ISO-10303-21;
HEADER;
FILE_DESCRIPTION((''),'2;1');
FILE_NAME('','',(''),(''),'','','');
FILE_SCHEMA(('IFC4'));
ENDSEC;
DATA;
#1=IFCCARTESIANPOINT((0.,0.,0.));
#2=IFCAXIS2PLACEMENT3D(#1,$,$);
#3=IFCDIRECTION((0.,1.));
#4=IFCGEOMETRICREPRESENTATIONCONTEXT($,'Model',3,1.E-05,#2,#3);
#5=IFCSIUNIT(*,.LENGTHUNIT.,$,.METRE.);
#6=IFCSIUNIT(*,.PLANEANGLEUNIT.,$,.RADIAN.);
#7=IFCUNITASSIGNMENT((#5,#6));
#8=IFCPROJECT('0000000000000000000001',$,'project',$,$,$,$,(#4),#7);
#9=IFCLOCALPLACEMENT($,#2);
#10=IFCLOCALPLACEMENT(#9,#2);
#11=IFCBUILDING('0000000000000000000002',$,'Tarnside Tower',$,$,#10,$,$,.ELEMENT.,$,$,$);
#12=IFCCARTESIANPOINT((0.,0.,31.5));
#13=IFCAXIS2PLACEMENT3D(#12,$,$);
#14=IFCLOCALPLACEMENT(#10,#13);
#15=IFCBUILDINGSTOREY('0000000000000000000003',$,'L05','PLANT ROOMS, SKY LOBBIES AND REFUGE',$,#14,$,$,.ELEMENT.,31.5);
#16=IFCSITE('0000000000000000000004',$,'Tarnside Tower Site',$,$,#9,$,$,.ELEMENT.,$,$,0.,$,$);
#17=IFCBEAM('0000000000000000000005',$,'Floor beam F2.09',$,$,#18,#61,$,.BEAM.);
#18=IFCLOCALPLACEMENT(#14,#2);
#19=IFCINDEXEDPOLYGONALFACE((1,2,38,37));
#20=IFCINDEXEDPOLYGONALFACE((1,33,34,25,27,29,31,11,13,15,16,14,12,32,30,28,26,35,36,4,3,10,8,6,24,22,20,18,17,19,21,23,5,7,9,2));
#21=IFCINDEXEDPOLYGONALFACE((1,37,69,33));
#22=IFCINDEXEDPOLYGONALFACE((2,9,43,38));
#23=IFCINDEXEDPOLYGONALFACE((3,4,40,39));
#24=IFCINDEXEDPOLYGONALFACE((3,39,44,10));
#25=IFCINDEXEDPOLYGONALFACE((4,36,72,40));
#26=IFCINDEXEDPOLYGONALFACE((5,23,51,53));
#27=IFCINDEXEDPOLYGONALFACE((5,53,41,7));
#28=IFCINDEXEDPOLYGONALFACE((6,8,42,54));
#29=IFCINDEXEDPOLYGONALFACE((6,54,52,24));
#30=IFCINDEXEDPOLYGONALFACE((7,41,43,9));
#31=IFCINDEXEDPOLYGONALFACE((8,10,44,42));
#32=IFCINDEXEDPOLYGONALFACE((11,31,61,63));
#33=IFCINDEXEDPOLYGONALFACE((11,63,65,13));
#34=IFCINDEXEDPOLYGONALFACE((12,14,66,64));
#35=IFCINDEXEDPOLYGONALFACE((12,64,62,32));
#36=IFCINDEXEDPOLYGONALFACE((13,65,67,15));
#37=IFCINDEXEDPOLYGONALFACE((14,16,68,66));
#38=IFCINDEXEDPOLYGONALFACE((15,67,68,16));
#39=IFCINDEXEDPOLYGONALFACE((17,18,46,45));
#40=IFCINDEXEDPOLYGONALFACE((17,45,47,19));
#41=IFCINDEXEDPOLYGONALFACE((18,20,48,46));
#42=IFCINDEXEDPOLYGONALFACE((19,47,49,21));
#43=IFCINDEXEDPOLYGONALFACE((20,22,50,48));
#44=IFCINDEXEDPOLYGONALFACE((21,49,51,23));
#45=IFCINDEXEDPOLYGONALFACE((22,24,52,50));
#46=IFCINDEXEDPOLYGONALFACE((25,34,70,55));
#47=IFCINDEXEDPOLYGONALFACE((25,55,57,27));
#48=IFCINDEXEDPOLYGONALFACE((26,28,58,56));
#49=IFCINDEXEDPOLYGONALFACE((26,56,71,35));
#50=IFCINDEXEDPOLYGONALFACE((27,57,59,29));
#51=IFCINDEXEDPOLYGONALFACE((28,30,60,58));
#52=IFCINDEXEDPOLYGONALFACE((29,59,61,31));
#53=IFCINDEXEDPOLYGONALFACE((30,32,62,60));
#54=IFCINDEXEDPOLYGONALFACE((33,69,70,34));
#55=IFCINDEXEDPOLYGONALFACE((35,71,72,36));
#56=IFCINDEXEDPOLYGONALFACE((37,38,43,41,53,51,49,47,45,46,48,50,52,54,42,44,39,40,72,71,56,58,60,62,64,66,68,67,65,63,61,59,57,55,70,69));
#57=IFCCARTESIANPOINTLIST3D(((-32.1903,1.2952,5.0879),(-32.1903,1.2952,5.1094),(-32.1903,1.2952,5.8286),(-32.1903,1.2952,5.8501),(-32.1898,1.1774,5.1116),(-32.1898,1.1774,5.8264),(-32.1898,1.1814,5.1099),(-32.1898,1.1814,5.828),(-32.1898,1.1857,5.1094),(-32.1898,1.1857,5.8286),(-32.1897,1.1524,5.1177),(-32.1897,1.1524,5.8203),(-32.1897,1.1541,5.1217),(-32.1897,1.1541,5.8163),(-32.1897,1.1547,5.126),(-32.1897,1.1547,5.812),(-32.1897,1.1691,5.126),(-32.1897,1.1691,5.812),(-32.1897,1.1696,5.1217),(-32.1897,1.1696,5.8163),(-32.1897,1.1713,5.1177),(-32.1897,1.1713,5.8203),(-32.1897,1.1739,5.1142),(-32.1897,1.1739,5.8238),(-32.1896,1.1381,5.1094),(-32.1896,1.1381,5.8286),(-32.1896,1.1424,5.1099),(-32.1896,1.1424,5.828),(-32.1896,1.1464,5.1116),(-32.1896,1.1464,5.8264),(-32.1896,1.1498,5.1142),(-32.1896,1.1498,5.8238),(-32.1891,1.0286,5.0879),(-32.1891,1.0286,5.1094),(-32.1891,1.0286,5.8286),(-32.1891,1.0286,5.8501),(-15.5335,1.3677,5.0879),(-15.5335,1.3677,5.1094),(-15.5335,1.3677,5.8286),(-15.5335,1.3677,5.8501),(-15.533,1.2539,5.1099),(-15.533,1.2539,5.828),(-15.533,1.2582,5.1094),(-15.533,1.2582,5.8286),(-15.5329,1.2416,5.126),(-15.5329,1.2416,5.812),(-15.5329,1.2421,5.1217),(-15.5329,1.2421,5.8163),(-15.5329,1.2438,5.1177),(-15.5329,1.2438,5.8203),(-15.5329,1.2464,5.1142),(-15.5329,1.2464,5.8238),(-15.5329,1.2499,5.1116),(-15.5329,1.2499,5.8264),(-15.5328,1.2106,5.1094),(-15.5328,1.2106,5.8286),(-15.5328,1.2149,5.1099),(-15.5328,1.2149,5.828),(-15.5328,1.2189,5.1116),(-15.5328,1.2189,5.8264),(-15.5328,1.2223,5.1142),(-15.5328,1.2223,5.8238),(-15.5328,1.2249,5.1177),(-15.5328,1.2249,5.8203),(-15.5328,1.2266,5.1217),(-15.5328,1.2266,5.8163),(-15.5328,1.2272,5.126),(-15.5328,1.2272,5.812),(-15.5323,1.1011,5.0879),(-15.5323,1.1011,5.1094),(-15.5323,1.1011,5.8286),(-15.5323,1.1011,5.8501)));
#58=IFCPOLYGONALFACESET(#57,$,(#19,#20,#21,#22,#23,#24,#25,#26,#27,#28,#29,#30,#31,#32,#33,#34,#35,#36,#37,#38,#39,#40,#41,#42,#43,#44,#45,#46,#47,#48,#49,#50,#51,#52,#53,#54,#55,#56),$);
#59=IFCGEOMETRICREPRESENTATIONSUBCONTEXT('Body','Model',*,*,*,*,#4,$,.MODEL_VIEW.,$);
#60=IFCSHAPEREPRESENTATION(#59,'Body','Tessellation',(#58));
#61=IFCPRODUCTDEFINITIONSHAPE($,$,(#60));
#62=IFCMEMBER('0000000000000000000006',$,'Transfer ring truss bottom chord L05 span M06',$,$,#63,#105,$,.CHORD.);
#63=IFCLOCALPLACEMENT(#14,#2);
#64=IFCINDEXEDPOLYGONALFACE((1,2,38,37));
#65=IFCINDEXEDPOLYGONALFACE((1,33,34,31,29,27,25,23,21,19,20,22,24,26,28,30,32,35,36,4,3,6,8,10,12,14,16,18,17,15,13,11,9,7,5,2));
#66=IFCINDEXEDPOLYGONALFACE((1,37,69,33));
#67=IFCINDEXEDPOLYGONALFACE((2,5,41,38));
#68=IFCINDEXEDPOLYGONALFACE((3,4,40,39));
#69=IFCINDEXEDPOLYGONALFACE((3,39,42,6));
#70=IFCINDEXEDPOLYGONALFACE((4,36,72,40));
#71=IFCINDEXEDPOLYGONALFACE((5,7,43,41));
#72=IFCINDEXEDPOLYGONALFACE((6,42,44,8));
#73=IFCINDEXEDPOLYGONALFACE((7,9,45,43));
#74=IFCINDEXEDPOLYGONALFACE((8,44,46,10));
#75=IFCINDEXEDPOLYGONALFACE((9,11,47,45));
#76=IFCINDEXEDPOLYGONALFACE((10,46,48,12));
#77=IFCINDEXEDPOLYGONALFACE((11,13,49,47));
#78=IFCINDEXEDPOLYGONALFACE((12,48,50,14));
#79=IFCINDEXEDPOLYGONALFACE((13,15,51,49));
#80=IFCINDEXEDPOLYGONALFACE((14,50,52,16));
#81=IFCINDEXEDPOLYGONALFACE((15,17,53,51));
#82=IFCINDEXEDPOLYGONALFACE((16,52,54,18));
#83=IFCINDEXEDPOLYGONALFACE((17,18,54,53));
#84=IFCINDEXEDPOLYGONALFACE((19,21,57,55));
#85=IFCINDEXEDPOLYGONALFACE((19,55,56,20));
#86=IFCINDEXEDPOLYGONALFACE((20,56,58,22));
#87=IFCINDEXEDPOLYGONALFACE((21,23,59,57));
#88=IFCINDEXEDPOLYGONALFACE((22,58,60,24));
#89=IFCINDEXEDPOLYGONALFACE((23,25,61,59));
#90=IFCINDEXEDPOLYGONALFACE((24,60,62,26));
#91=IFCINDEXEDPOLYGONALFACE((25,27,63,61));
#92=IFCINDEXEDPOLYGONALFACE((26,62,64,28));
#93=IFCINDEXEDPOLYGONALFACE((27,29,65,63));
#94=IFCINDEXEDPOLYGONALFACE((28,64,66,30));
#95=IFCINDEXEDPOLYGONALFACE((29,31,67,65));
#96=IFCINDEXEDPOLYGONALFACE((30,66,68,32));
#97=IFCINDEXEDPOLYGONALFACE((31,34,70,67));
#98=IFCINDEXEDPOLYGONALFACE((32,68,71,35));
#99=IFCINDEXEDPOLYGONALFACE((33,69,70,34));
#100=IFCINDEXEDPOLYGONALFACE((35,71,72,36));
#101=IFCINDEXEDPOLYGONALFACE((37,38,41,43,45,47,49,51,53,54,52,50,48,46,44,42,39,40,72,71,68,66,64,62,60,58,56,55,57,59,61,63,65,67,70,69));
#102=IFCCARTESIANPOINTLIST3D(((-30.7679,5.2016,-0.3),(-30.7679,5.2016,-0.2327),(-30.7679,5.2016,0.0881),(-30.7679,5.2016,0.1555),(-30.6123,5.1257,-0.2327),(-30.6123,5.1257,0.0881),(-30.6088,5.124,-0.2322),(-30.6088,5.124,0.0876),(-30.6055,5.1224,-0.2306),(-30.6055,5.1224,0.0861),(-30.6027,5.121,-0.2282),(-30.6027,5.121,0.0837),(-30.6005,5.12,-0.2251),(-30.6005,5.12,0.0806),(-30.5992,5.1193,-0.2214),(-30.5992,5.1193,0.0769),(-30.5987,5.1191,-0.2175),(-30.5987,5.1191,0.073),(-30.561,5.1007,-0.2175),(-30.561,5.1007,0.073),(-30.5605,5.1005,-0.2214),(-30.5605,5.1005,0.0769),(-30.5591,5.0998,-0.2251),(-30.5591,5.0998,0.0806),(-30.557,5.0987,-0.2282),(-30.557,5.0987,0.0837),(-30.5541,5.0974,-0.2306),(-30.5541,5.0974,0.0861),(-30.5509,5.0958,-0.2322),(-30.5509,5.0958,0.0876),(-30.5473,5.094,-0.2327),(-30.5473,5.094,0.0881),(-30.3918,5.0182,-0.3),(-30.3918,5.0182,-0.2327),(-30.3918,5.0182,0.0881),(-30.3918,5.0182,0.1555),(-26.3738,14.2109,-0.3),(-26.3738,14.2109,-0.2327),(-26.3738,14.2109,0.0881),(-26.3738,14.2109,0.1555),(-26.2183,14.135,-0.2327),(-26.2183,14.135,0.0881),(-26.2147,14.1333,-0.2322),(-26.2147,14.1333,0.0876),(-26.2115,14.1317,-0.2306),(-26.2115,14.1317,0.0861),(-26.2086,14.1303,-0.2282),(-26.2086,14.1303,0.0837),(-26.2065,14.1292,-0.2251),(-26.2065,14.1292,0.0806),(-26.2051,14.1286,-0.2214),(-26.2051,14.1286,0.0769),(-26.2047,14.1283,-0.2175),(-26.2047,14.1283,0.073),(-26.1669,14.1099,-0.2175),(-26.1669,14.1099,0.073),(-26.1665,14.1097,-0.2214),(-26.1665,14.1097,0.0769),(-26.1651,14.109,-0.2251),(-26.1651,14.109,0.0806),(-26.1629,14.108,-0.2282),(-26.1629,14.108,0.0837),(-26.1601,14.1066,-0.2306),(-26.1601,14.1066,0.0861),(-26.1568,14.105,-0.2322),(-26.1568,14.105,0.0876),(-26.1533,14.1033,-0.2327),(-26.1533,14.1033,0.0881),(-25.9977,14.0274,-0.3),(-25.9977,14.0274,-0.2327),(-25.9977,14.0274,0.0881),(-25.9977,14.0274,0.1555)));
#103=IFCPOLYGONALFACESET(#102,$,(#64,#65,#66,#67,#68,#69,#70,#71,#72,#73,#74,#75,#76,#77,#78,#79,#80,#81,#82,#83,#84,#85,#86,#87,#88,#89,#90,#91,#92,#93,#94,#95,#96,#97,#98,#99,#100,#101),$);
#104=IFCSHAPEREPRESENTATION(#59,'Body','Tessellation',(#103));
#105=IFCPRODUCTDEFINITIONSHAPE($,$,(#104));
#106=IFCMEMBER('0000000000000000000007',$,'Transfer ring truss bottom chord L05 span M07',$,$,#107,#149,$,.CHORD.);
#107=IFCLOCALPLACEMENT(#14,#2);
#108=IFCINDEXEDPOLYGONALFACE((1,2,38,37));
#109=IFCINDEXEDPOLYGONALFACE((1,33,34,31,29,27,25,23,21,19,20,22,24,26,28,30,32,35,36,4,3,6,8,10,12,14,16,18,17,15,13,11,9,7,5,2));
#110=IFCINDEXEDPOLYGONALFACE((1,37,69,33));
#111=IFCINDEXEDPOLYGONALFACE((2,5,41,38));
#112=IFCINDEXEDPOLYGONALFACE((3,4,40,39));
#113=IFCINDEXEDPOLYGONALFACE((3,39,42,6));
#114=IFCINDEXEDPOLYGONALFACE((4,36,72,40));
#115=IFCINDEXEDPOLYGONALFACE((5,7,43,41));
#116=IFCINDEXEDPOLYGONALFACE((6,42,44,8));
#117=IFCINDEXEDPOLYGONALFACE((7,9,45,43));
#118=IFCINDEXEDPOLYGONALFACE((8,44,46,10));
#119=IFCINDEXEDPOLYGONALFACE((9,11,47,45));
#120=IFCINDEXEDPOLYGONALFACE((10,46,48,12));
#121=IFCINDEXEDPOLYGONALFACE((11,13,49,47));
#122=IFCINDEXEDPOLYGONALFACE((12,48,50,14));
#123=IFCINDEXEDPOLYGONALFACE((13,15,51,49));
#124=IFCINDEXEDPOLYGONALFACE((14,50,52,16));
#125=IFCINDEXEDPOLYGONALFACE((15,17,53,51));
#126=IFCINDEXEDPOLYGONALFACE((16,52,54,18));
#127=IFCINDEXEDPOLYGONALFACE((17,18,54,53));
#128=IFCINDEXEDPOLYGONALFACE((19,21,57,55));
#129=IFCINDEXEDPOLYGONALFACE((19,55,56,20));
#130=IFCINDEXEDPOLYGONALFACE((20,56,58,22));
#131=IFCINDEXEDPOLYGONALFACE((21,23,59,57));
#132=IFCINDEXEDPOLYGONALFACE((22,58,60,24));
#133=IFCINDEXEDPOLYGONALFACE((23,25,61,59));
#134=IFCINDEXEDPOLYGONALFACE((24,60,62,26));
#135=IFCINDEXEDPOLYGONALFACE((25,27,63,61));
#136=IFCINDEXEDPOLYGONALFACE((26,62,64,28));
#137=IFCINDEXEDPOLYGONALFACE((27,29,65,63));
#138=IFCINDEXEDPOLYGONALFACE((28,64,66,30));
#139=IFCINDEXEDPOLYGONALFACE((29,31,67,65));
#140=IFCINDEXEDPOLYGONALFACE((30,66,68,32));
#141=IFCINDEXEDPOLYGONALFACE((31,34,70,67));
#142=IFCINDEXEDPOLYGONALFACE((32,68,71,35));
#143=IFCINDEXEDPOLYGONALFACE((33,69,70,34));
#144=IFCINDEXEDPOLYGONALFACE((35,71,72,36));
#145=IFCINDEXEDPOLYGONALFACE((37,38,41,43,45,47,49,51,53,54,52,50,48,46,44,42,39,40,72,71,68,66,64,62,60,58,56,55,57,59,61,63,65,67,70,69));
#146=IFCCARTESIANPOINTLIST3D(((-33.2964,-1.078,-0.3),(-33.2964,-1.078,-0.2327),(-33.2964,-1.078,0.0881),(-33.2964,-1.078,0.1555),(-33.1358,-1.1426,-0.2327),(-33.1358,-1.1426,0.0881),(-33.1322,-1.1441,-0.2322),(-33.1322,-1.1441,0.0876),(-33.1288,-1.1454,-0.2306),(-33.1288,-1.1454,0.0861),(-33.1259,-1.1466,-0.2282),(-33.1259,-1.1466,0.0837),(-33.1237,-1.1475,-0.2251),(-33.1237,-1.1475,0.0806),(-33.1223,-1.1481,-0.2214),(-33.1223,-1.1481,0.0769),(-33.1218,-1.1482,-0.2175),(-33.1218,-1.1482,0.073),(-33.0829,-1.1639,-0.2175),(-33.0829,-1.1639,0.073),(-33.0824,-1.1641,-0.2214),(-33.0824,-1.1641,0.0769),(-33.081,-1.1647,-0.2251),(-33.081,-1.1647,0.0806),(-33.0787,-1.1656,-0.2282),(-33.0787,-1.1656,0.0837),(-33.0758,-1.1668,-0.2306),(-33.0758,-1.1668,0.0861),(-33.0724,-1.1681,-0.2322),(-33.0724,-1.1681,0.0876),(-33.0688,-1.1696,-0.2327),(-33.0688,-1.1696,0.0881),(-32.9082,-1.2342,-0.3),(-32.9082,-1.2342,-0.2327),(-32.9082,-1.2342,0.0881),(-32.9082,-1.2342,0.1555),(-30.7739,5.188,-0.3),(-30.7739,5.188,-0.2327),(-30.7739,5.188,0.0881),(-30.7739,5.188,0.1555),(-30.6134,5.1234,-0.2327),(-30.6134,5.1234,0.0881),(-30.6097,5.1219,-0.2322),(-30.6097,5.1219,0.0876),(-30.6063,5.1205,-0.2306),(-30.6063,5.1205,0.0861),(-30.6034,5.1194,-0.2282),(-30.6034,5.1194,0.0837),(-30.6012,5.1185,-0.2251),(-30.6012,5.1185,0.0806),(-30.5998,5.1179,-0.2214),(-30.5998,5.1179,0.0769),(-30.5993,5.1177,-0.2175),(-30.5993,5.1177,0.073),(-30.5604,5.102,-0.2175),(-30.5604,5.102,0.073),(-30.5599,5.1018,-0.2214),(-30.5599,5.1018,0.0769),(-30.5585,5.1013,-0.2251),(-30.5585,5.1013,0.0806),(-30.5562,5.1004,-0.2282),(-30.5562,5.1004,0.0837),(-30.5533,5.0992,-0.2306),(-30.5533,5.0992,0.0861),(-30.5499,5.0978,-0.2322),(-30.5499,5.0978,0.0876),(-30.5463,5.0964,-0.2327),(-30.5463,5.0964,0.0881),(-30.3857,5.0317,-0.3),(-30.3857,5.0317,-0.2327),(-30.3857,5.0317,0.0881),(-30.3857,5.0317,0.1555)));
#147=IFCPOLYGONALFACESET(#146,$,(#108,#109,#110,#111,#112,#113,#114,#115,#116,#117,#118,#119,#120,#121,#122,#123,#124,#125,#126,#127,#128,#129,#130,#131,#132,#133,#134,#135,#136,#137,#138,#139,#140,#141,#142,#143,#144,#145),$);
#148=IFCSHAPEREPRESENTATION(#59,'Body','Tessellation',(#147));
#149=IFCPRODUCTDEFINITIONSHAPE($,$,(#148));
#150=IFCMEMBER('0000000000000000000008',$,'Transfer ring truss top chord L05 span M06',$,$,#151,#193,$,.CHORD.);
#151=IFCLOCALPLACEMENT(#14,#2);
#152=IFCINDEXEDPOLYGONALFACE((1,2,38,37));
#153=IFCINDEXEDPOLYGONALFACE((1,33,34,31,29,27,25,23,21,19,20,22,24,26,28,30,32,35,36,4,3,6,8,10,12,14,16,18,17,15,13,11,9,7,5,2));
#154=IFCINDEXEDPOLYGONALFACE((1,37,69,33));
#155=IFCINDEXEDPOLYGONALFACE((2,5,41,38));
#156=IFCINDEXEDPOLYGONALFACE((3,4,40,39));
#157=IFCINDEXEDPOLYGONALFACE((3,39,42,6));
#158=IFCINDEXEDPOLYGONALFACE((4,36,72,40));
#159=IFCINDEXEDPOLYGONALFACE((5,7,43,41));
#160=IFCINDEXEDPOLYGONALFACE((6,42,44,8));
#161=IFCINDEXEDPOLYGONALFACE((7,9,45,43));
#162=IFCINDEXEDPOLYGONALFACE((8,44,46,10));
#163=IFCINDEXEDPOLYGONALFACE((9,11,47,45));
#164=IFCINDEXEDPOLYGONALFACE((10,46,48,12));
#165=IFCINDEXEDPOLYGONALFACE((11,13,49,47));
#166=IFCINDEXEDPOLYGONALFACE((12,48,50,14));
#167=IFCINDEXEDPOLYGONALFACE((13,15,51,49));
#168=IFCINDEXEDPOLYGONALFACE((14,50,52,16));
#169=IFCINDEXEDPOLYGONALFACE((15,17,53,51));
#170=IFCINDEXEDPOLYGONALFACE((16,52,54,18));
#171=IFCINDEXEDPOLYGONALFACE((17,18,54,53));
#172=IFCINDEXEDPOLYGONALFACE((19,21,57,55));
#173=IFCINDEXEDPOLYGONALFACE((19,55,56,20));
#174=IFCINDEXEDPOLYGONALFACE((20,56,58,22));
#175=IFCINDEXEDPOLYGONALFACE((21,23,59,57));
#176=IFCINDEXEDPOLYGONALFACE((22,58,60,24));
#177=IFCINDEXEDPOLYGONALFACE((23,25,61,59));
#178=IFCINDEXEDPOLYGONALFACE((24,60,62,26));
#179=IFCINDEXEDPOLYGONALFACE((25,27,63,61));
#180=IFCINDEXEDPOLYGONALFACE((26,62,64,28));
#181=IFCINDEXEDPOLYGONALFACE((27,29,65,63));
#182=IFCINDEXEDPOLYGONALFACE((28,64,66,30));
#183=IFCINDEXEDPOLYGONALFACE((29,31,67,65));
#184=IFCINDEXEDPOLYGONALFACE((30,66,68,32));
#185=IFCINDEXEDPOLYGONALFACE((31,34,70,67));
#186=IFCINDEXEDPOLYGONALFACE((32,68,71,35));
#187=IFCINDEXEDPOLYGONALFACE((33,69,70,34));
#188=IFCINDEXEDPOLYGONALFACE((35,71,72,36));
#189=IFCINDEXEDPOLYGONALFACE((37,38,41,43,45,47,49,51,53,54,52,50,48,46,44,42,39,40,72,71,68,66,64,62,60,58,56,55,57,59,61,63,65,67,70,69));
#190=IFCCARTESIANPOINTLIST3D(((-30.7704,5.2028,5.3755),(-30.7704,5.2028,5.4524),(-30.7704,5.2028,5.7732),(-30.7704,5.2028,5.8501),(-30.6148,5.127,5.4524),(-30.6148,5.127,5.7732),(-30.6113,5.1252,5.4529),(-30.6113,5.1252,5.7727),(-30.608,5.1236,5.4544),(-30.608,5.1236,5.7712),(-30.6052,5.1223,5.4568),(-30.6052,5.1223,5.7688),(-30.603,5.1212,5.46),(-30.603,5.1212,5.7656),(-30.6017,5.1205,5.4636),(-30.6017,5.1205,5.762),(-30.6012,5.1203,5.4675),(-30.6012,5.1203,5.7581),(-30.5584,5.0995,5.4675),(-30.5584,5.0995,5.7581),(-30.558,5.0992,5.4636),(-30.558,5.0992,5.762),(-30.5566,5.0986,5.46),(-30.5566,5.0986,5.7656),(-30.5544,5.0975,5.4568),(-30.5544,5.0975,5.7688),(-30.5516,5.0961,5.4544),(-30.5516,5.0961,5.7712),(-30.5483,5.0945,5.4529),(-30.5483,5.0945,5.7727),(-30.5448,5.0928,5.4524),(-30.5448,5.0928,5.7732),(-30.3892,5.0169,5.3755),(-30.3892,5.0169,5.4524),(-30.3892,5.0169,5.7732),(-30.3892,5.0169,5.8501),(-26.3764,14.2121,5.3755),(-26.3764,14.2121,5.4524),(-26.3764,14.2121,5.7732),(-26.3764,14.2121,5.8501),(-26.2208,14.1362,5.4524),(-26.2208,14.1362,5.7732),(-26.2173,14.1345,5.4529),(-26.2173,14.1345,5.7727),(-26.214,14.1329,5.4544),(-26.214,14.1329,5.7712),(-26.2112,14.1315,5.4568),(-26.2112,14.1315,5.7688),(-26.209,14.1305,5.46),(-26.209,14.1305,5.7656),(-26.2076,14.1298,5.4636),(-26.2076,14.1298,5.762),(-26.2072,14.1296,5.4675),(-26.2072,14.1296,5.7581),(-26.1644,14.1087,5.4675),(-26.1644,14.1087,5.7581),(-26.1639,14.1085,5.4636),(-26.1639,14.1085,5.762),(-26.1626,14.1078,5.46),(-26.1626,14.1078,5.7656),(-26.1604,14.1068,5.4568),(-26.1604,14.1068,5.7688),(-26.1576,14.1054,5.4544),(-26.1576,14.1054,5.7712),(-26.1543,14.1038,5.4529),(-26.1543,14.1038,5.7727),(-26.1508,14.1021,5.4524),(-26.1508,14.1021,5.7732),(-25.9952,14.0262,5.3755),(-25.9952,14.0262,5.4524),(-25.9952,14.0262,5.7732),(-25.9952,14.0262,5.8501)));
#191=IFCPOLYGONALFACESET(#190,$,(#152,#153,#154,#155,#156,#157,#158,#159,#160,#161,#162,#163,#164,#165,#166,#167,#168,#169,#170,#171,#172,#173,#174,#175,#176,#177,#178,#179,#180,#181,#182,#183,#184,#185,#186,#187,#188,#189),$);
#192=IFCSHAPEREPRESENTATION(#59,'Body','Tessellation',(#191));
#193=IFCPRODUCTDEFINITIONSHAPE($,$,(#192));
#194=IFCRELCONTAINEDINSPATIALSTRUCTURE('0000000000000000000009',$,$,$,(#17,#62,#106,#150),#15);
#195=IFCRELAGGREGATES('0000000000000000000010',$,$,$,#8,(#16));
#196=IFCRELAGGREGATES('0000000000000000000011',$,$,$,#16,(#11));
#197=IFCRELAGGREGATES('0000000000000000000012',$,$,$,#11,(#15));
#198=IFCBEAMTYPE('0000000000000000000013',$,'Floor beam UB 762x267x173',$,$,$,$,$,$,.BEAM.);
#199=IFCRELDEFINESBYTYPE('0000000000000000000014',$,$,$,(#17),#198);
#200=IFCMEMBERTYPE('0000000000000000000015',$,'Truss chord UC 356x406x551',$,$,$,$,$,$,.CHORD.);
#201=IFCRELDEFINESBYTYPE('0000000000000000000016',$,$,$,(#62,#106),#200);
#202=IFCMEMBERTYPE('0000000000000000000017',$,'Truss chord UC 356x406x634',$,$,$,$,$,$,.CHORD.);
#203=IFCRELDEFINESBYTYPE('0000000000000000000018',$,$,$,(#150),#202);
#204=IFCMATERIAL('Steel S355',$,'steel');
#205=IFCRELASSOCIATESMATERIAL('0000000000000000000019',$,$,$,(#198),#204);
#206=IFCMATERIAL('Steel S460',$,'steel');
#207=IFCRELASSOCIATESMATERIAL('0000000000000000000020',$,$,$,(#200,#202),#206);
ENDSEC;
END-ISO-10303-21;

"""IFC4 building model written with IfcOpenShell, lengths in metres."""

from ifc_helpers import new_model, si_unit, direction, frame, origin, origin_2d, place, context, subcontext, project, spatial, i_section, extrude, material, material_profile, profile_set, type_object, element, save


model = new_model("IFC4")

# Units and contexts
model_context = context("Model", 3, precision=1e-05, world=origin(), true_north=direction((0.0, 1.0)))
body_context = subcontext(model_context, "Body", "Model", "MODEL_VIEW")
ifc_project = project(units=[si_unit("LENGTHUNIT", "METRE"), si_unit("PLANEANGLEUNIT", "RADIAN")], contexts=[model_context])

# Site, building, storey
site_placement = place(None, origin())
site = spatial("IfcSite", under=ifc_project, at=site_placement, Name="Tarnside Tower Site", CompositionType="ELEMENT", RefElevation=0.0)
building_placement = place(site_placement, origin())
building = spatial("IfcBuilding", under=site, at=building_placement, Name="Tarnside Tower", CompositionType="ELEMENT")
storey_placement = place(building_placement, frame((0.0, 0.0, 31.5)))
storey = spatial("IfcBuildingStorey", under=building, at=storey_placement, Name="L05", Description="PLANT ROOMS, SKY LOBBIES AND REFUGE", CompositionType="ELEMENT", Elevation=31.5)

# Beam
ifc_material_1 = material(Name="Steel S355", Category="steel")
ifc_material_profile_1 = material_profile(ifc_material_1, i_section(OverallWidth=0.2666, OverallDepth=0.7622, WebThickness=0.0144, FlangeThickness=0.0215, FilletRadius=0.0166, at=origin_2d()), Name="UB 762x267x173")
ifc_profile_set_1 = profile_set([ifc_material_profile_1], Name="Steel S355")
beam_type_1 = type_object("IfcBeamType", Name="Floor beam UB 762x267x173", PredefinedType="BEAM", material=ifc_profile_set_1)
beam_1_placement = place(storey_placement, frame((-32.1897, 1.1619, 5.469), z_axis=(0.999991, 0.004353, 0.0), x_axis=(-0.004353, 0.999991, 0.0)))
element("IfcBeam", 1, at=beam_1_placement, inside=storey, type_object=beam_type_1, Name="Floor beam F2.09", PredefinedType="BEAM", context=body_context, shape_type="SweptSolid", body=[
    extrude(i_section(OverallWidth=0.2666, OverallDepth=0.7622, WebThickness=0.0144, FlangeThickness=0.0215, FilletRadius=0.0166, at=origin_2d()), origin(), (0.0, 0.0, 1.0), 16.657),
])

# Members
ifc_material_2 = material(Name="Steel S460", Category="steel")
ifc_material_profile_2 = material_profile(ifc_material_2, i_section(OverallWidth=0.4185, OverallDepth=0.4556, WebThickness=0.042, FlangeThickness=0.0674, FilletRadius=0.0151, at=origin_2d()), Name="UC 356x406x551")
ifc_profile_set_2 = profile_set([ifc_material_profile_2], Name="Steel S460")
member_type_1 = type_object("IfcMemberType", Name="Truss chord UC 356x406x551", PredefinedType="CHORD", material=ifc_profile_set_2)
member_1_placement = place(storey_placement, frame((-26.1858, 14.1191, -0.0723), z_axis=(-0.438365, -0.898797, 0.0), x_axis=(0.898797, -0.438365, 0.0)))
element("IfcMember", 2, at=member_1_placement, inside=storey, type_object=member_type_1, Name="Transfer ring truss bottom chord L05 span M06", PredefinedType="CHORD", context=body_context, shape_type="SweptSolid", body=[
    extrude(i_section(OverallWidth=0.4185, OverallDepth=0.4556, WebThickness=0.042, FlangeThickness=0.0674, FilletRadius=0.0151, at=origin_2d()), origin(), (0.0, 0.0, 1.0), 10.0237),
])
member_2_placement = place(storey_placement, frame((-30.5798, 5.1099, -0.0723), z_axis=(-0.373446, -0.927652, 0.0), x_axis=(0.927652, -0.373446, 0.0)))
element("IfcMember", 3, at=member_2_placement, inside=storey, type_object=member_type_1, Name="Transfer ring truss bottom chord L05 span M07", PredefinedType="CHORD", context=body_context, shape_type="SweptSolid", body=[
    extrude(i_section(OverallWidth=0.4185, OverallDepth=0.4556, WebThickness=0.042, FlangeThickness=0.0674, FilletRadius=0.0151, at=origin_2d()), origin(), (0.0, 0.0, 1.0), 6.7546),
])
ifc_material_profile_3 = material_profile(ifc_material_2, i_section(OverallWidth=0.4241, OverallDepth=0.4746, WebThickness=0.0476, FlangeThickness=0.0769, FilletRadius=0.0151, at=origin_2d()), Name="UC 356x406x634")
ifc_profile_set_3 = profile_set([ifc_material_profile_3], Name="Steel S460")
member_type_2 = type_object("IfcMemberType", Name="Truss chord UC 356x406x634", PredefinedType="CHORD", material=ifc_profile_set_3)
member_3_placement = place(storey_placement, frame((-26.1858, 14.1191, 5.6128), z_axis=(-0.438365, -0.898797, 0.0), x_axis=(0.898797, -0.438365, 0.0)))
element("IfcMember", 4, at=member_3_placement, inside=storey, type_object=member_type_2, Name="Transfer ring truss top chord L05 span M06", PredefinedType="CHORD", context=body_context, shape_type="SweptSolid", body=[
    extrude(i_section(OverallWidth=0.4241, OverallDepth=0.4746, WebThickness=0.0476, FlangeThickness=0.0769, FilletRadius=0.0151, at=origin_2d()), origin(), (0.0, 0.0, 1.0), 10.0237),
])

save(model, "model.ifc")
